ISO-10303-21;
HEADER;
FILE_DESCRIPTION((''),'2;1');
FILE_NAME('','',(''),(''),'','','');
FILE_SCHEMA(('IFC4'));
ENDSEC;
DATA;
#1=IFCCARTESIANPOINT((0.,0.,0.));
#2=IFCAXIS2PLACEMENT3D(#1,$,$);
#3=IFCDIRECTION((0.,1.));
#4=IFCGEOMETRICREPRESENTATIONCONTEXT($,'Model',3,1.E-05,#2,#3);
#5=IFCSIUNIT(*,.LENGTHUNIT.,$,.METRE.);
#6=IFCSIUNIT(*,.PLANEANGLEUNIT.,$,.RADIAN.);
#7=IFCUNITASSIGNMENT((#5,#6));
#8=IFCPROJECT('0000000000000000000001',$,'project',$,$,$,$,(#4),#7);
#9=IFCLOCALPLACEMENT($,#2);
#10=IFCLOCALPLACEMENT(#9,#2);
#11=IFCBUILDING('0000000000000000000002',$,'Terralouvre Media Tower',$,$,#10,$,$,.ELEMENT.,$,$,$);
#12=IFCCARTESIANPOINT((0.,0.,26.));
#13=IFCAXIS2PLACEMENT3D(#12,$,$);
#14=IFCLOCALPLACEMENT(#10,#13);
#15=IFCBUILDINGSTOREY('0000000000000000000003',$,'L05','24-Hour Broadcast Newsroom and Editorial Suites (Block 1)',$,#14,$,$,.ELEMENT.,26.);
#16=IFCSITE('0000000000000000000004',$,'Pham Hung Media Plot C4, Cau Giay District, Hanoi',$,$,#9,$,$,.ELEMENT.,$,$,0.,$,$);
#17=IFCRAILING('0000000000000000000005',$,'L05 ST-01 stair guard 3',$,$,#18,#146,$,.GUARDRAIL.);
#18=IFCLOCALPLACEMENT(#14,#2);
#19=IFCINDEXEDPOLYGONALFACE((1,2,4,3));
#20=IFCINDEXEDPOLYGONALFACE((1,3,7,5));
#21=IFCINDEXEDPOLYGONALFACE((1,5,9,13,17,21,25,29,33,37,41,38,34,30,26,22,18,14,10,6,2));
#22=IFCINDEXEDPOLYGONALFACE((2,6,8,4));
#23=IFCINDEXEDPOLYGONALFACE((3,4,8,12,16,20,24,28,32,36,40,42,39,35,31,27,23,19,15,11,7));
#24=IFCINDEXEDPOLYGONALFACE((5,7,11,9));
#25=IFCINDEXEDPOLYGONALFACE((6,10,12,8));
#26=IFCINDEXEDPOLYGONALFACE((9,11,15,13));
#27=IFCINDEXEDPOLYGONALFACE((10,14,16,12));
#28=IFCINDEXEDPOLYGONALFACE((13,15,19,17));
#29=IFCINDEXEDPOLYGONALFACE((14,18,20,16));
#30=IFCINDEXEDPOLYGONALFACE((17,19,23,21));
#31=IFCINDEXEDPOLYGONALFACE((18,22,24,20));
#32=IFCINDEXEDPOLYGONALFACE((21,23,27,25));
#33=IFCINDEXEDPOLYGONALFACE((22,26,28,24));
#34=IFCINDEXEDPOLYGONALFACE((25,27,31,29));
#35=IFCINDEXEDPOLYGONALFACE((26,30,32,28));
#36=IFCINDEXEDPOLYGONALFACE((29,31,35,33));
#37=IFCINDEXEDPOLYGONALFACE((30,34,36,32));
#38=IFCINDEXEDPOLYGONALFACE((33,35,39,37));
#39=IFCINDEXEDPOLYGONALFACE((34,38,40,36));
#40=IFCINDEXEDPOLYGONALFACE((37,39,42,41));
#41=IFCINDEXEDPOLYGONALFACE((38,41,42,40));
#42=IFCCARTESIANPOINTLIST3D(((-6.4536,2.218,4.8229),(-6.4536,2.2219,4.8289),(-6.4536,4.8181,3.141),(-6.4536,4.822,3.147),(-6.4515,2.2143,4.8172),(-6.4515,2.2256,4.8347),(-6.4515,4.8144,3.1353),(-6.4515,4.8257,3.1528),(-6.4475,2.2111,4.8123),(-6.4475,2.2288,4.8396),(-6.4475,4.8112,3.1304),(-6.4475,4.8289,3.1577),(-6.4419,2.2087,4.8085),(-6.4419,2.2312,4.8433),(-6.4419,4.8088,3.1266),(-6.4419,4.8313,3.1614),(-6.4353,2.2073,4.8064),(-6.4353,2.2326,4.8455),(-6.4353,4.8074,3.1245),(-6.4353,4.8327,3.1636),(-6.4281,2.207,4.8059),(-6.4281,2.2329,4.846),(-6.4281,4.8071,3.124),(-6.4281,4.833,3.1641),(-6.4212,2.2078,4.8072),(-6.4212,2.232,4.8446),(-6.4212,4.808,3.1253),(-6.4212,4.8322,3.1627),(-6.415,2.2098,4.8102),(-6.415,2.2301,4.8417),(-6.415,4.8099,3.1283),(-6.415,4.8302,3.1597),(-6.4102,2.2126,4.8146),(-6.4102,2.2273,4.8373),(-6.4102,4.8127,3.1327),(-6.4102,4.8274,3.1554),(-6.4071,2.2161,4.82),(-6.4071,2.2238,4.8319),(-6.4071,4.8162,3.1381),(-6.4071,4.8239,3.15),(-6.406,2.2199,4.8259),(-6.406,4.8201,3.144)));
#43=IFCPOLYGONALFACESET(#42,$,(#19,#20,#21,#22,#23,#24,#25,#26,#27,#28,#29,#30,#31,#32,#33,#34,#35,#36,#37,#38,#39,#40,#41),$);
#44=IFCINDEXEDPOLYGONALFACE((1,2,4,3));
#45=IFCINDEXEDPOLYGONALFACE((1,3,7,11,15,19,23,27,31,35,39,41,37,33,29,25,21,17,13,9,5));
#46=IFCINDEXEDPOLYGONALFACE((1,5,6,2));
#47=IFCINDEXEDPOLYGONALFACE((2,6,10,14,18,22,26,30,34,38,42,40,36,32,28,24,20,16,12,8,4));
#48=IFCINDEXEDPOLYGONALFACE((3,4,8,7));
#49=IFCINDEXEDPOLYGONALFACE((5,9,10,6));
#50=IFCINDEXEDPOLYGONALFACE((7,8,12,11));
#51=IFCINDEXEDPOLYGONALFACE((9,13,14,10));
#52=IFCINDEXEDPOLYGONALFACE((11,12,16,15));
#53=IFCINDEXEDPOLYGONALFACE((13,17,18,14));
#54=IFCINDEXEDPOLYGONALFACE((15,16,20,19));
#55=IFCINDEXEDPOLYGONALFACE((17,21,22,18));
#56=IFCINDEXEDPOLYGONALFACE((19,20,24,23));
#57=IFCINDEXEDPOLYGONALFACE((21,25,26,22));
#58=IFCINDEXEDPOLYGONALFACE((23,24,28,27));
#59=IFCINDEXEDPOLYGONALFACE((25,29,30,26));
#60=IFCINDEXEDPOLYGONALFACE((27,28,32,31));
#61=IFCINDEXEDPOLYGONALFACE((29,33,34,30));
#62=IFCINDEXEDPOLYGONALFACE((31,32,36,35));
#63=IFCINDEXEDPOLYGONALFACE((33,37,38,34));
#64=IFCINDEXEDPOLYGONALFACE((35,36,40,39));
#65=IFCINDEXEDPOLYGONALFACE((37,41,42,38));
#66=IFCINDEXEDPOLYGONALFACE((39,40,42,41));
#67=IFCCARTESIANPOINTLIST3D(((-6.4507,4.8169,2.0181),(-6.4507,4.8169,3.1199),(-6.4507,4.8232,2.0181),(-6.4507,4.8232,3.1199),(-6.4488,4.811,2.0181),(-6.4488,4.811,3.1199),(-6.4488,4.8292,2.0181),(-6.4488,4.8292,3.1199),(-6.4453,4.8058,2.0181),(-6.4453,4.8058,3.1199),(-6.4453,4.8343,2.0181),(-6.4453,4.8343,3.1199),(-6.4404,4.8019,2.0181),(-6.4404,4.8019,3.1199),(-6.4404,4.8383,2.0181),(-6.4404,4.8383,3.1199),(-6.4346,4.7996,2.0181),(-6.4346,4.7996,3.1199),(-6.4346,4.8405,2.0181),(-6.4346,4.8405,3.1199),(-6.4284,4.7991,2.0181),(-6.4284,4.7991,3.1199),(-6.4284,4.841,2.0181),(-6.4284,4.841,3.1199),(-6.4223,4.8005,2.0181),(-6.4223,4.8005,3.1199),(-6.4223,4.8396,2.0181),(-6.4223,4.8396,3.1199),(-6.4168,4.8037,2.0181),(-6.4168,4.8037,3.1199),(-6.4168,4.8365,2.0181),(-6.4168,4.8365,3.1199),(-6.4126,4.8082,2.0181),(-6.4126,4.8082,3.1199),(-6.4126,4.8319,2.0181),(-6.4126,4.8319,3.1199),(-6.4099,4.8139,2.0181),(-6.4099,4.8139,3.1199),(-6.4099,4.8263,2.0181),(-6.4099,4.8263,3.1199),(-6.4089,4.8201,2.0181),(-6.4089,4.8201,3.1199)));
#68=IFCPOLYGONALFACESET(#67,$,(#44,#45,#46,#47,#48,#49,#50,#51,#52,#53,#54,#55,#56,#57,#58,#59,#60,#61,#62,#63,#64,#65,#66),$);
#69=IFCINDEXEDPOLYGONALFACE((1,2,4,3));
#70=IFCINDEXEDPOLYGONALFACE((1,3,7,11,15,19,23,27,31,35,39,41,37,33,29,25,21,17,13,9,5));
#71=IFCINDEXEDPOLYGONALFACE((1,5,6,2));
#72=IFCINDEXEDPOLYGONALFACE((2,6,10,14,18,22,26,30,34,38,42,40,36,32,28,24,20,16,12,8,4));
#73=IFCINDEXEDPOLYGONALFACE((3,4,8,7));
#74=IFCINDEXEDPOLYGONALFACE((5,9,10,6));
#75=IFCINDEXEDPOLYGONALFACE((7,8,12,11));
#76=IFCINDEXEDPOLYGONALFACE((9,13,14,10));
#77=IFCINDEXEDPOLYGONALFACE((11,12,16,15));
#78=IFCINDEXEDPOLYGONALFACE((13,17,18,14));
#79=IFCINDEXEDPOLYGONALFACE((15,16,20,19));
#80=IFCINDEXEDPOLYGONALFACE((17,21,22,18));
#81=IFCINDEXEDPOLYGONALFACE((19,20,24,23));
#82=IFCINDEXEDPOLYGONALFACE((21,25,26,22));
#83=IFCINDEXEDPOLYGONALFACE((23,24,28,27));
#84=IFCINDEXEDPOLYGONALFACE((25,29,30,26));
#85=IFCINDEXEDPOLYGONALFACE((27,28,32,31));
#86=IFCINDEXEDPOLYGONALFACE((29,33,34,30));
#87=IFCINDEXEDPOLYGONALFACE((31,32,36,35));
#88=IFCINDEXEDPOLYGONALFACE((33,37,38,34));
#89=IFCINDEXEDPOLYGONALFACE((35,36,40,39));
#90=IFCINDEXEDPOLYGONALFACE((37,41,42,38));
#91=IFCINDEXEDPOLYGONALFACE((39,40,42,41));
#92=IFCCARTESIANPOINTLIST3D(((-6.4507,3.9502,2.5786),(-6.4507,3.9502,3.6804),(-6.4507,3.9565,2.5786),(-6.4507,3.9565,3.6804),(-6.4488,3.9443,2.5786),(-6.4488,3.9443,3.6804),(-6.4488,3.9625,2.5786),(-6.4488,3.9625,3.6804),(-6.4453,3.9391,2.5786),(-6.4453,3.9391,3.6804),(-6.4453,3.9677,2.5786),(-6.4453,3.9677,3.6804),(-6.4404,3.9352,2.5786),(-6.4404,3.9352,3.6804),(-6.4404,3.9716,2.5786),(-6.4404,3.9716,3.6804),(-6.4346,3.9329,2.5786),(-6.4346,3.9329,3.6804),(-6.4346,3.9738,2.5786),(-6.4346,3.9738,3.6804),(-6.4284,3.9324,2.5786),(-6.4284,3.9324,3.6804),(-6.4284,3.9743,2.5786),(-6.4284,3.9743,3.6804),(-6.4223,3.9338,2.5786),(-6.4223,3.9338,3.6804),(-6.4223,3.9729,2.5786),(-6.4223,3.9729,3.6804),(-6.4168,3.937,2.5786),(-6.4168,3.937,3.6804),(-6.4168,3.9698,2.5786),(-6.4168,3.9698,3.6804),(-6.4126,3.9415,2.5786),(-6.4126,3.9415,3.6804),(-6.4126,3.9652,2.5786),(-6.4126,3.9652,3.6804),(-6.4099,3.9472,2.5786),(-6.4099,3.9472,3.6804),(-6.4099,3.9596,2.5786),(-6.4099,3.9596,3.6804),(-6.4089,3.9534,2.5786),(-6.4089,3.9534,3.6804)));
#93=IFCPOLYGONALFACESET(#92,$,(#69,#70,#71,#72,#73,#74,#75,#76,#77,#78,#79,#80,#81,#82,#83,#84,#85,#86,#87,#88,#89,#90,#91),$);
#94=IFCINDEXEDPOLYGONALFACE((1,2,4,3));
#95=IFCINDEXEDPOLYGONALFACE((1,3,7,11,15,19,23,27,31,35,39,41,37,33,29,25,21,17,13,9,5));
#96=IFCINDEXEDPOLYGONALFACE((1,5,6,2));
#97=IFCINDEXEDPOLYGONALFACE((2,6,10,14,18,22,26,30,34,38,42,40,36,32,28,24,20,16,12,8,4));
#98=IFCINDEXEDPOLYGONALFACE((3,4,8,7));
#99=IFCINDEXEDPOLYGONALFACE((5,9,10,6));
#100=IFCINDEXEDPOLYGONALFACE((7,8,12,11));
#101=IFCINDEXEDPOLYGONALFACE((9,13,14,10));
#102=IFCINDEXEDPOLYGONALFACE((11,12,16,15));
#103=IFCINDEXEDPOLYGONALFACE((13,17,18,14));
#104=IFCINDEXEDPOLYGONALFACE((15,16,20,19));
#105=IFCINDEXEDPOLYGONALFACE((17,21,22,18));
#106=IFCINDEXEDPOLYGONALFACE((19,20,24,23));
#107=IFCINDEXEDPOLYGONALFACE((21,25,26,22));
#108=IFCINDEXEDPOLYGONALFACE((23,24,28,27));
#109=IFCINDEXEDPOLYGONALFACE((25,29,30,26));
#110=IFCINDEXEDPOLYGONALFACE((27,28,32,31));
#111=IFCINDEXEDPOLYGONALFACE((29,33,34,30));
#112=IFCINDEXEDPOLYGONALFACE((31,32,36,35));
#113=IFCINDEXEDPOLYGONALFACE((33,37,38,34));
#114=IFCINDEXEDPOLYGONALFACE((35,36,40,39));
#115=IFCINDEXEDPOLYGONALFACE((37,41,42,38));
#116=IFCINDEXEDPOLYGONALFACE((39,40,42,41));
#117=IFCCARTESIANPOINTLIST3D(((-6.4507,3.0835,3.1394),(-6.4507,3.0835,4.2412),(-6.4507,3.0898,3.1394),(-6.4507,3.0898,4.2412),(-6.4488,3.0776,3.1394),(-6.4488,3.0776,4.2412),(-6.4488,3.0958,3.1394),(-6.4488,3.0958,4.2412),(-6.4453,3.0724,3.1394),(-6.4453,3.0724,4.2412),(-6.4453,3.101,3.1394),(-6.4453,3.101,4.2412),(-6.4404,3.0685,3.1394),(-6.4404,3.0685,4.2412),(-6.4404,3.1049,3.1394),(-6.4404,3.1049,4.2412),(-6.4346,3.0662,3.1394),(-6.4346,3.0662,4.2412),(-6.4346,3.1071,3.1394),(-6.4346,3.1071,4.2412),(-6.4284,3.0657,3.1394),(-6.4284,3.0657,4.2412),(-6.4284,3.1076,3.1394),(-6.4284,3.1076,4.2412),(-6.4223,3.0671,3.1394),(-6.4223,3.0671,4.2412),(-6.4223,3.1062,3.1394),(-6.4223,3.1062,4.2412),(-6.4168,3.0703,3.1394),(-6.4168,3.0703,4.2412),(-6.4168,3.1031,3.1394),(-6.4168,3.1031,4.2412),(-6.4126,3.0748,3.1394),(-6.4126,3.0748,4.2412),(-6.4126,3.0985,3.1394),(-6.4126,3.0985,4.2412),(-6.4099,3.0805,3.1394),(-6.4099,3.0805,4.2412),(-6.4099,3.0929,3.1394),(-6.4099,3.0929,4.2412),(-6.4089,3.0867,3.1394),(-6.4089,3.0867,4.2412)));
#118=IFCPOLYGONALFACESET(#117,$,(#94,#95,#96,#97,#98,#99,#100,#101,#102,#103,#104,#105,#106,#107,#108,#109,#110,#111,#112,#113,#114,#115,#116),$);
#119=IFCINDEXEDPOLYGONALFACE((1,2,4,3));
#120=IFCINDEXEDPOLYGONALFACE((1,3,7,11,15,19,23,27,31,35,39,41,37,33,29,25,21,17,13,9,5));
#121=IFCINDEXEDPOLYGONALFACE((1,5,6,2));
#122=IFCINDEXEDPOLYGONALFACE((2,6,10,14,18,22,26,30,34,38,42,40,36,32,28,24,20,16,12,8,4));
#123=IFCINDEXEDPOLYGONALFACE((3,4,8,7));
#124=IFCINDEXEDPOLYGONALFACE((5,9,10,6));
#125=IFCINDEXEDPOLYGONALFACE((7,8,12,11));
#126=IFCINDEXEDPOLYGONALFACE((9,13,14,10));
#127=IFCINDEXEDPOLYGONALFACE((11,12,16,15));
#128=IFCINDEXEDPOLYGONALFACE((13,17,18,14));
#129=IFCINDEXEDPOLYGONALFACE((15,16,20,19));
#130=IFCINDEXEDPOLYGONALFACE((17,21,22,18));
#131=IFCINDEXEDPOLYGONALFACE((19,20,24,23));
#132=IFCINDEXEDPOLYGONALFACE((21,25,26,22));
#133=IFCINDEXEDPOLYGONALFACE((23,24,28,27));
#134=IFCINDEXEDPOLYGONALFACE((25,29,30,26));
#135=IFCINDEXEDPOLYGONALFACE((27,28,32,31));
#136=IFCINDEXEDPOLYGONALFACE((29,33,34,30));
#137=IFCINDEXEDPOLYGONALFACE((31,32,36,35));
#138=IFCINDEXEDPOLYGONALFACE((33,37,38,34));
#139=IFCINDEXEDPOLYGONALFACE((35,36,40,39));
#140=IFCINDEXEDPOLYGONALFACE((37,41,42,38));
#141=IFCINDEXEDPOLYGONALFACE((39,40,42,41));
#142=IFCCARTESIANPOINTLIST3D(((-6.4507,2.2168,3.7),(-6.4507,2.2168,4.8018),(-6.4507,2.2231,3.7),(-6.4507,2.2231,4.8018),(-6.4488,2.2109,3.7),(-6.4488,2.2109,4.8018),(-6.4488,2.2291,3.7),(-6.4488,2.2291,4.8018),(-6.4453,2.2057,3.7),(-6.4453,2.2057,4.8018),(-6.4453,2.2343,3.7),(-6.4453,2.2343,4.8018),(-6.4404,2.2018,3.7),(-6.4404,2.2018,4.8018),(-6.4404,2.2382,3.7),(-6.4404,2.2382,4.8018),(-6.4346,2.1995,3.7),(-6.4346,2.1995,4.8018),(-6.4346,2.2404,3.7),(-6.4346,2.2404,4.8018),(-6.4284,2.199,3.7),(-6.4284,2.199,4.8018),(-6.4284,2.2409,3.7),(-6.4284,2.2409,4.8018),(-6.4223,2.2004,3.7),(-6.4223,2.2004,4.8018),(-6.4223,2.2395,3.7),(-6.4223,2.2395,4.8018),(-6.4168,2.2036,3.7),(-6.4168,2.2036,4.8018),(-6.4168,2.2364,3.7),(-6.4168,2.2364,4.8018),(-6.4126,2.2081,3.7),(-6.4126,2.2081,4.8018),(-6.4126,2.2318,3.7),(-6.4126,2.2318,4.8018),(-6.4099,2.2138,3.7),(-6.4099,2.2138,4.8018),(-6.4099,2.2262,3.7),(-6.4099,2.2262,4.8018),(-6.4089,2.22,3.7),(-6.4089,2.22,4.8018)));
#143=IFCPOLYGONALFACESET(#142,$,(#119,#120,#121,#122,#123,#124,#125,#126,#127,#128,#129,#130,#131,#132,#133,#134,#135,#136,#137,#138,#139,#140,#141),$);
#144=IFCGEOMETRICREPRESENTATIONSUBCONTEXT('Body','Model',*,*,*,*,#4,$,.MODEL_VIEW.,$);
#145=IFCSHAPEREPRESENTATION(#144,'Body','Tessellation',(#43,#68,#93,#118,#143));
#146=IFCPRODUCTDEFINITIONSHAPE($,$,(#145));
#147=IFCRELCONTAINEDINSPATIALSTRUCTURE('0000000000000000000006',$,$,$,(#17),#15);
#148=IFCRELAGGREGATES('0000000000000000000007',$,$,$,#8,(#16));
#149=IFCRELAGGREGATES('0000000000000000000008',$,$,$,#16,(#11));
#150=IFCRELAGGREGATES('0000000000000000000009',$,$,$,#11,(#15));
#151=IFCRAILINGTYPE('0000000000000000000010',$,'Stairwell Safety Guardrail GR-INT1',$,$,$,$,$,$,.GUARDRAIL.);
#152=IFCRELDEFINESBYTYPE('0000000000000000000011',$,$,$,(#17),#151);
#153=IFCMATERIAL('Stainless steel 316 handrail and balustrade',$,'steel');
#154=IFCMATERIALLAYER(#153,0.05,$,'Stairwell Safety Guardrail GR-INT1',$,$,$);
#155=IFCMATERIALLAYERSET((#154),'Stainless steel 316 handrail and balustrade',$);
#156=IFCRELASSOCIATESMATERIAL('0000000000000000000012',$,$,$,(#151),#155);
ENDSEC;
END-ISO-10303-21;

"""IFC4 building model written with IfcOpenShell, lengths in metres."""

from ifc_helpers import new_model, si_unit, direction, frame, origin, origin_2d, place, context, subcontext, project, spatial, circle, extrude, material, layer, layer_set, type_object, element, save


model = new_model("IFC4")

# Units and contexts
model_context = context("Model", 3, precision=1e-05, world=origin(), true_north=direction((0.0, 1.0)))
body_context = subcontext(model_context, "Body", "Model", "MODEL_VIEW")
ifc_project = project(units=[si_unit("LENGTHUNIT", "METRE"), si_unit("PLANEANGLEUNIT", "RADIAN")], contexts=[model_context])

# Site, building, storey
site_placement = place(None, origin())
site = spatial("IfcSite", under=ifc_project, at=site_placement, Name="Pham Hung Media Plot C4, Cau Giay District, Hanoi", CompositionType="ELEMENT", RefElevation=0.0)
building_placement = place(site_placement, origin())
building = spatial("IfcBuilding", under=site, at=building_placement, Name="Terralouvre Media Tower", CompositionType="ELEMENT")
storey_placement = place(building_placement, frame((0.0, 0.0, 26.0)))
storey = spatial("IfcBuildingStorey", under=building, at=storey_placement, Name="L05", Description="24-Hour Broadcast Newsroom and Editorial Suites (Block 1)", CompositionType="ELEMENT", Elevation=26.0)

# Railing
ifc_material_1 = material(Name="Stainless steel 316 handrail and balustrade", Category="steel")
ifc_layer_1 = layer(ifc_material_1, 0.05, Name="Stairwell Safety Guardrail GR-INT1")
ifc_layer_set_1 = layer_set([ifc_layer_1], Name="Stainless steel 316 handrail and balustrade")
railing_type_1 = type_object("IfcRailingType", Name="Stairwell Safety Guardrail GR-INT1", PredefinedType="GUARDRAIL", material=ifc_layer_set_1)
railing_1_placement = place(storey_placement, frame((-6.4299, 4.8201, 2.0181)))
element("IfcRailing", 1, at=railing_1_placement, inside=storey, type_object=railing_type_1, Name="L05 ST-01 stair guard 3", PredefinedType="GUARDRAIL", context=body_context, shape_type="SweptSolid", body=[
    extrude(circle(Radius=0.0239, at=origin_2d()), frame((0.0, 0.0, 1.126), z_axis=(0.0, -0.839648, 0.54313), x_axis=(1.0, 0.0, 0.0)), (0.0, 0.0, 1.0), 3.0967),
    extrude(circle(Radius=0.021, at=origin_2d()), origin(), (0.0, 0.0, 1.0), 1.1018),
    extrude(circle(Radius=0.021, at=origin_2d()), frame((0.0, -0.8667, 0.5605)), (0.0, 0.0, 1.0), 1.1018),
    extrude(circle(Radius=0.021, at=origin_2d()), frame((0.0, -1.7334, 1.1213)), (0.0, 0.0, 1.0), 1.1018),
    extrude(circle(Radius=0.021, at=origin_2d()), frame((0.0, -2.6001, 1.6819)), (0.0, 0.0, 1.0), 1.1018),
])

save(model, "model.ifc")
